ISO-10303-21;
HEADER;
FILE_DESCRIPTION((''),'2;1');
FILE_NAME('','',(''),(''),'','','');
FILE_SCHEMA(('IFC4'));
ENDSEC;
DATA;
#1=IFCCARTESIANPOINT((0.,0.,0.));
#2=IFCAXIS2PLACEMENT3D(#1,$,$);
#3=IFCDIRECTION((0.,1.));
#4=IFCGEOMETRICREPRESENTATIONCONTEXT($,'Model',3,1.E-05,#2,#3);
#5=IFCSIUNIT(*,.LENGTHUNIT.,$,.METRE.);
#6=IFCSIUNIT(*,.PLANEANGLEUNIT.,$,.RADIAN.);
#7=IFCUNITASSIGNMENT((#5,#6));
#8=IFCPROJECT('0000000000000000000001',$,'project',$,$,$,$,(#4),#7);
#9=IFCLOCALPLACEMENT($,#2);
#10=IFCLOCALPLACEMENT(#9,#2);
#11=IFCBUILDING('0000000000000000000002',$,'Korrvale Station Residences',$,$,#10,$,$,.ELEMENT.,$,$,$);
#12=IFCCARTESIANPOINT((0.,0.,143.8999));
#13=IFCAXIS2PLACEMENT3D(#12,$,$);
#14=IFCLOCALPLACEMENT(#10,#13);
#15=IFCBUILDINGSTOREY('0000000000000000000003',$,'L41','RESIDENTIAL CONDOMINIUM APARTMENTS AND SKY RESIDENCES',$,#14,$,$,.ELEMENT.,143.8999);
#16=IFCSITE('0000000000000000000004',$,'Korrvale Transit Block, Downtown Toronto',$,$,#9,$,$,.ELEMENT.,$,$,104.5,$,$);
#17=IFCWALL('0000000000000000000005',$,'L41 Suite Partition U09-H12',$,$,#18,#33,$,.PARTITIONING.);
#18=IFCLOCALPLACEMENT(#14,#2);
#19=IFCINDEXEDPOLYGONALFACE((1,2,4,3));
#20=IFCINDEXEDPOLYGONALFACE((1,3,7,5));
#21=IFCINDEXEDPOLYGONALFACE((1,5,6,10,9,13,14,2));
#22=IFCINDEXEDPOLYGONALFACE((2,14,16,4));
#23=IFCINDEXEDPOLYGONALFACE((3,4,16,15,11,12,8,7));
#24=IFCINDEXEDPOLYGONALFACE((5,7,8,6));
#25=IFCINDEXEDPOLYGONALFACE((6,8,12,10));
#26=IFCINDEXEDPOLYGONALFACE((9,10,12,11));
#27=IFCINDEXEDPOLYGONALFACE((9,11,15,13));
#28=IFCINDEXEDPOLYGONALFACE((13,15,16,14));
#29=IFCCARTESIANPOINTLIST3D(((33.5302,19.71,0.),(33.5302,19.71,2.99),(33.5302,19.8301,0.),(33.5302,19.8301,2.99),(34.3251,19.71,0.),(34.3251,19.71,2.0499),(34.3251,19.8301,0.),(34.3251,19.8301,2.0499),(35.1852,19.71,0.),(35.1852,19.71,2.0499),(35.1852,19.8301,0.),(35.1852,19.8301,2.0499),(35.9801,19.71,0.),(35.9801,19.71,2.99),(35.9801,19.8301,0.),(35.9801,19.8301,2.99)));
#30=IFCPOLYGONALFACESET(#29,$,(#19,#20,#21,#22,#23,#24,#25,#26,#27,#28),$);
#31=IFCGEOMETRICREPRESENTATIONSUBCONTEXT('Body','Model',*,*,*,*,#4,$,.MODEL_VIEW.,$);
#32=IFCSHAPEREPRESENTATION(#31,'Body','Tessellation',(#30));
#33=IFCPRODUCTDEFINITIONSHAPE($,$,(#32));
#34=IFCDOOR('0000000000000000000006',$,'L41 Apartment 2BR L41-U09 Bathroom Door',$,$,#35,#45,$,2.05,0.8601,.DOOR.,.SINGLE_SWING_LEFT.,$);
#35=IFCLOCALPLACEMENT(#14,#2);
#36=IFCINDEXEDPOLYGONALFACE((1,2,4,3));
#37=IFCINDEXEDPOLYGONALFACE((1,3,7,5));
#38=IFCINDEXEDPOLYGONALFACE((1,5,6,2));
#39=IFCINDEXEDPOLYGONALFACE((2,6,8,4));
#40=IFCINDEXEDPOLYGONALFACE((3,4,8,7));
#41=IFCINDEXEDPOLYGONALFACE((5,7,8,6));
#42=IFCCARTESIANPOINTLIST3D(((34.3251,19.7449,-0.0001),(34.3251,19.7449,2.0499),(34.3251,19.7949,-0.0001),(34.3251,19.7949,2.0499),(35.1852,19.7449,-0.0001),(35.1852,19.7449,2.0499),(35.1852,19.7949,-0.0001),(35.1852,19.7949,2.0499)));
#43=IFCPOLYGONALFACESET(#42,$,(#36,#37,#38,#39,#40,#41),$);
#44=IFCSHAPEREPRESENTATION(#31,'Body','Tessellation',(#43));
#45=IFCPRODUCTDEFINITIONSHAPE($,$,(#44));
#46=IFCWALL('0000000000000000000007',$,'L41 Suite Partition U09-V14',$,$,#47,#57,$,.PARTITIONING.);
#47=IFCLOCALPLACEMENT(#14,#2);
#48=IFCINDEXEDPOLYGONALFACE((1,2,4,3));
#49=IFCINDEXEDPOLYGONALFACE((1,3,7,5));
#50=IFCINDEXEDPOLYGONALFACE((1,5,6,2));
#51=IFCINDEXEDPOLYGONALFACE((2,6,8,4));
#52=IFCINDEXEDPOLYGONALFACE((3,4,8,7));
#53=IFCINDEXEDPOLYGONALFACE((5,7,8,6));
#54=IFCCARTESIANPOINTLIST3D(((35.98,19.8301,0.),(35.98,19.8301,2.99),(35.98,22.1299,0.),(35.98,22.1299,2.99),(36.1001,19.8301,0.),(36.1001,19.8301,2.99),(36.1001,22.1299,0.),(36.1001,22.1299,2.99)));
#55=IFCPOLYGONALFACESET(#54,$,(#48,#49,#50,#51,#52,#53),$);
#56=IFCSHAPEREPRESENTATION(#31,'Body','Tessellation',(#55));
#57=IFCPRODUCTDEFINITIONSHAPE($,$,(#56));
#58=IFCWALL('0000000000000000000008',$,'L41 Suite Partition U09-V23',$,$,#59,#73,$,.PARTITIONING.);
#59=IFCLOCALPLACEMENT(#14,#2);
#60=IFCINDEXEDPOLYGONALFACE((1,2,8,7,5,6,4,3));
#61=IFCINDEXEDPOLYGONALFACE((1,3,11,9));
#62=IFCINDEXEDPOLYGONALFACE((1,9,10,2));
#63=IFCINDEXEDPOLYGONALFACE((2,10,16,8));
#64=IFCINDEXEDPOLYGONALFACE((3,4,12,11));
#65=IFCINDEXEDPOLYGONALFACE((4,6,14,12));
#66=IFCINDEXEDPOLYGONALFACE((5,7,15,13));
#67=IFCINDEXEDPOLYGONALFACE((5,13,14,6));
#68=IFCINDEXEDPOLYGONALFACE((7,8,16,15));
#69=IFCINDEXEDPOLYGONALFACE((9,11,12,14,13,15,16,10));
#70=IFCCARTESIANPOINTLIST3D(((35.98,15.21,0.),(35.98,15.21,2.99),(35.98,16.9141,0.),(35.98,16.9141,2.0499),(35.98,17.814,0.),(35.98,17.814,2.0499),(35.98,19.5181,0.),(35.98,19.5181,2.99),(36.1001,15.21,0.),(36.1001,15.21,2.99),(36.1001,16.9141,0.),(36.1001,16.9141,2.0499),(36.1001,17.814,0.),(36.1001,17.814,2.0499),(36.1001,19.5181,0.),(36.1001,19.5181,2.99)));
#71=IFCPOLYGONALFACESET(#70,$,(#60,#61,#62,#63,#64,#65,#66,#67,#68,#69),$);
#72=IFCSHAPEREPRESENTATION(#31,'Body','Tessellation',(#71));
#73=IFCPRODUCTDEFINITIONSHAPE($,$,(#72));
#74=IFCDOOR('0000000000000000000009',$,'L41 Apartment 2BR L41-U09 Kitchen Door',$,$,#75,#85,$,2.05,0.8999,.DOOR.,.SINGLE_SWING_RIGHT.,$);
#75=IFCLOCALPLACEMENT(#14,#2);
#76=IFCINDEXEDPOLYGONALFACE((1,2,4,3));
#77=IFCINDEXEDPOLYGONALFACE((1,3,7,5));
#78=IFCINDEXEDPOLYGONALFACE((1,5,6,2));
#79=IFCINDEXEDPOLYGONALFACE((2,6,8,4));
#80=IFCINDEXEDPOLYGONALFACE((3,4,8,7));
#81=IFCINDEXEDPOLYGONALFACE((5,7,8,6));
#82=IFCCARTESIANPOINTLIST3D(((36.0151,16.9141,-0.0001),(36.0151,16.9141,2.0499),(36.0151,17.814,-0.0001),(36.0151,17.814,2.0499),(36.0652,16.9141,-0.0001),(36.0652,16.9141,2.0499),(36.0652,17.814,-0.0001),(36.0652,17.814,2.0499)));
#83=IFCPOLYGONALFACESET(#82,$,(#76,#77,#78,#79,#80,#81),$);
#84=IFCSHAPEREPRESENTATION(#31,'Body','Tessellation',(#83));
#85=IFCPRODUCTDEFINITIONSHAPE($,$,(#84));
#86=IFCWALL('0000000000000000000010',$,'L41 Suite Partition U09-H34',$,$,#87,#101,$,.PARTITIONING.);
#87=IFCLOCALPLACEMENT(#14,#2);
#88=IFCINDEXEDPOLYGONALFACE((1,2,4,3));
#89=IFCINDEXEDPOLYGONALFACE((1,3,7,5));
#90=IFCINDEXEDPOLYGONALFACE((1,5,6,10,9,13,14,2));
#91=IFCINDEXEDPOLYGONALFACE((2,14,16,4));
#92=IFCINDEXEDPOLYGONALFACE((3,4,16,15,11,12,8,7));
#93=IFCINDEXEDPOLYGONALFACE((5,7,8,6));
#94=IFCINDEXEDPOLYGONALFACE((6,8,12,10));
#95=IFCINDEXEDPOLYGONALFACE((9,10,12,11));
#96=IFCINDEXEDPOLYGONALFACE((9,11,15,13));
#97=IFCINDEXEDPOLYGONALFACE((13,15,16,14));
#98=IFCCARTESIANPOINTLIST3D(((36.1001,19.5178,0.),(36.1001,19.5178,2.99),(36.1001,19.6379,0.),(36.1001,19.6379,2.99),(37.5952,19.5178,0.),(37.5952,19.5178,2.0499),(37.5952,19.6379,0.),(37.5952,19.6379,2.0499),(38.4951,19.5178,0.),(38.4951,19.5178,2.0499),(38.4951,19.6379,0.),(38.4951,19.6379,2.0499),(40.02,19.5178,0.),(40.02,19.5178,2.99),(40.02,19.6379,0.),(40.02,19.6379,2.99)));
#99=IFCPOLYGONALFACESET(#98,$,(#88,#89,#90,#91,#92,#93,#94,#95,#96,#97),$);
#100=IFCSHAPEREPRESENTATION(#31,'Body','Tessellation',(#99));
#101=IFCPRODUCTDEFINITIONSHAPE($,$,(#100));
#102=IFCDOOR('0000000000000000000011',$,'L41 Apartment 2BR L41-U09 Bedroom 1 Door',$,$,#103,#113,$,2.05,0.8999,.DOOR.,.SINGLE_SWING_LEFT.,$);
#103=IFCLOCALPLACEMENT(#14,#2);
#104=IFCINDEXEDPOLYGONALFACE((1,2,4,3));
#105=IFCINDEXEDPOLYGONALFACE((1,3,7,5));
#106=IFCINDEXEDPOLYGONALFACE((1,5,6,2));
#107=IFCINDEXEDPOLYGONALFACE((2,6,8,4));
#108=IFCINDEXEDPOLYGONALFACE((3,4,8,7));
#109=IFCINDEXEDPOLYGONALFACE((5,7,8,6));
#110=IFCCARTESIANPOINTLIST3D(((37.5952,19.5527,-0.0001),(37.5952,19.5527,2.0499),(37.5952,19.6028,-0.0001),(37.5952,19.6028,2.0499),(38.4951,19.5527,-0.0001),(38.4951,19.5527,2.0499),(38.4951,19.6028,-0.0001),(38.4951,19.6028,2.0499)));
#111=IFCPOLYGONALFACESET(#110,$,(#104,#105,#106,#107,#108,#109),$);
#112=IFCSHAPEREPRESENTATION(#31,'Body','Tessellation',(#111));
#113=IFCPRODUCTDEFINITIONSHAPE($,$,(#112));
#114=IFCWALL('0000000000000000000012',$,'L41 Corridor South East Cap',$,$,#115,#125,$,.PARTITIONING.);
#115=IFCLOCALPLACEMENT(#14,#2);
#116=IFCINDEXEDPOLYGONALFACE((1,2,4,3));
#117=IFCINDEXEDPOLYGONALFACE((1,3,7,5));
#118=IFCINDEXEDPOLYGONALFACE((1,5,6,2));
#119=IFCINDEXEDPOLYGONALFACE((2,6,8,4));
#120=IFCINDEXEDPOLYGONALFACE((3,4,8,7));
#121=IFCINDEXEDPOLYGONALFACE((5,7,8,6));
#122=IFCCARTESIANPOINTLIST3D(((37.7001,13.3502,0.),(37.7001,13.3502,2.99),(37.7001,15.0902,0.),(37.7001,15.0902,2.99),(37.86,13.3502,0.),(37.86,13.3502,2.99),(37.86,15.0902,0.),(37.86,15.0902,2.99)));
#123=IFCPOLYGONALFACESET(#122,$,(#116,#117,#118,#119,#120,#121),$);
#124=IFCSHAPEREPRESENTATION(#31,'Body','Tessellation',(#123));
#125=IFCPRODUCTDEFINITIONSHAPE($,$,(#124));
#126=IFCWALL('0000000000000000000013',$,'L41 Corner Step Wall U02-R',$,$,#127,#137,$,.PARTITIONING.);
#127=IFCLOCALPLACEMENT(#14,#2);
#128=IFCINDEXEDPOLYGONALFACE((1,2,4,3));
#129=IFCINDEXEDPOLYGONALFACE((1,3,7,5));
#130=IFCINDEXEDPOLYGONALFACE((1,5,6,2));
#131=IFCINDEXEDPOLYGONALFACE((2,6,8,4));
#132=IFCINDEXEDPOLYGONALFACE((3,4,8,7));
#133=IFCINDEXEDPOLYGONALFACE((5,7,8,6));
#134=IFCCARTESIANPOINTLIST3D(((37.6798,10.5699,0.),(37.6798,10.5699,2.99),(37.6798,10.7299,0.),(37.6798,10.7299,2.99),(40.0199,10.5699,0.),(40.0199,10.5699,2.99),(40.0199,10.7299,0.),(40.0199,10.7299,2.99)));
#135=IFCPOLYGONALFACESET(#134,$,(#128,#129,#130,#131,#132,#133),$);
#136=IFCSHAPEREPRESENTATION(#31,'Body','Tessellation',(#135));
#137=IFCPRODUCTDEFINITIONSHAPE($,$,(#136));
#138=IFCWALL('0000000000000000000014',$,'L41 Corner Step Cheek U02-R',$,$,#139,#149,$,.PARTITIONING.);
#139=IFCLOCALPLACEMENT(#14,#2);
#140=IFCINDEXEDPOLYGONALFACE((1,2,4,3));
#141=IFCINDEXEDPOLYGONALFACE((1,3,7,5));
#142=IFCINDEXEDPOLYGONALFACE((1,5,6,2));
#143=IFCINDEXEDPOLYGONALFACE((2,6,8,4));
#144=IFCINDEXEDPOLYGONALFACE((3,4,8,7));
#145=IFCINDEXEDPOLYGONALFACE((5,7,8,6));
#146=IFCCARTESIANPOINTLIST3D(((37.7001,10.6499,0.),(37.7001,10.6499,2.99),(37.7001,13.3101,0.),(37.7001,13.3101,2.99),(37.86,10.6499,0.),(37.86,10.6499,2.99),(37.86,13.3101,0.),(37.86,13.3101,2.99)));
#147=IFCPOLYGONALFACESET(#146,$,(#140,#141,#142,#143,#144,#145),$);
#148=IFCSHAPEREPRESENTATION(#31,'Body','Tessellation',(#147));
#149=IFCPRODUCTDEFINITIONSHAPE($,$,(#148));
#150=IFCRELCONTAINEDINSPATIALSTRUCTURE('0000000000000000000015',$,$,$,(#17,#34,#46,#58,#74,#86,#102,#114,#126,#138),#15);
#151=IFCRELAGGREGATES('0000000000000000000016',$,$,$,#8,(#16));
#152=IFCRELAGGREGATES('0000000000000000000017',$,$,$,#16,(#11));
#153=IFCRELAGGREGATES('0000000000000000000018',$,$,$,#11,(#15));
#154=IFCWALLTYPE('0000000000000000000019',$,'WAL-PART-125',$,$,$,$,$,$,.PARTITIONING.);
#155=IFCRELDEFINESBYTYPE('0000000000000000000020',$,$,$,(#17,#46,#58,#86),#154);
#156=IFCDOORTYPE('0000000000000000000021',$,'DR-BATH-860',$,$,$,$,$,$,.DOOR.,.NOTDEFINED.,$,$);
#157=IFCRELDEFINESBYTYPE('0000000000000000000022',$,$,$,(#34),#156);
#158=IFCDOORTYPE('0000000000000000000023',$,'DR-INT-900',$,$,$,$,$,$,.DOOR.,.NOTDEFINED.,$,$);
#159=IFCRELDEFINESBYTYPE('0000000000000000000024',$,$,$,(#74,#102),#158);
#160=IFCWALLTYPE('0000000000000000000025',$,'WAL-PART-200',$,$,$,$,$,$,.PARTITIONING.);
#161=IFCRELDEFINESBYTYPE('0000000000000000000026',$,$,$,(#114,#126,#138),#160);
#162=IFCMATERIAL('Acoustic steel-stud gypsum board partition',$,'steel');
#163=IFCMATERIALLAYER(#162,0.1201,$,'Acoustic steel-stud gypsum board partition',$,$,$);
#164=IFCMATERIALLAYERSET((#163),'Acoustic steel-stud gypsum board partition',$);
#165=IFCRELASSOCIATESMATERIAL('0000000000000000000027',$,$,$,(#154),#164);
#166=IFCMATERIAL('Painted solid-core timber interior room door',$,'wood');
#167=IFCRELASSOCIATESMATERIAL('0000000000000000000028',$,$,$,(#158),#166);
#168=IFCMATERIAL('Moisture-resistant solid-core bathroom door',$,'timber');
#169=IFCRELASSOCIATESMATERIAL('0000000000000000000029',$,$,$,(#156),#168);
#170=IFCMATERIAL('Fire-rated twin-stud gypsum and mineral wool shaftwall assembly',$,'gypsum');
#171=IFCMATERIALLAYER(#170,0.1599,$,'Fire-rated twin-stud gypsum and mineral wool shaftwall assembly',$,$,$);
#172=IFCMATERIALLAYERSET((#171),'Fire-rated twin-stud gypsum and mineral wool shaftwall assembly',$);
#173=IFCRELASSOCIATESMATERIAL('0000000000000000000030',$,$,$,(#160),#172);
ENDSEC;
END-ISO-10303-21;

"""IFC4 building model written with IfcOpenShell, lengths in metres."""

from ifc_helpers import new_model, si_unit, direction, frame, frame_2d, origin, place, context, subcontext, project, spatial, rectangle, extrude, material, layer, layer_set, type_object, element, fill, save


model = new_model("IFC4")

# Units and contexts
model_context = context("Model", 3, precision=1e-05, world=origin(), true_north=direction((0.0, 1.0)))
body_context = subcontext(model_context, "Body", "Model", "MODEL_VIEW")
ifc_project = project(units=[si_unit("LENGTHUNIT", "METRE"), si_unit("PLANEANGLEUNIT", "RADIAN")], contexts=[model_context])

# Site, building, storey
site_placement = place(None, origin())
site = spatial("IfcSite", under=ifc_project, at=site_placement, Name="Korrvale Transit Block, Downtown Toronto", CompositionType="ELEMENT", RefElevation=104.5)
building_placement = place(site_placement, origin())
building = spatial("IfcBuilding", under=site, at=building_placement, Name="Korrvale Station Residences", CompositionType="ELEMENT")
storey_placement = place(building_placement, frame((0.0, 0.0, 143.8999)))
storey = spatial("IfcBuildingStorey", under=building, at=storey_placement, Name="L41", Description="RESIDENTIAL CONDOMINIUM APARTMENTS AND SKY RESIDENCES", CompositionType="ELEMENT", Elevation=143.8999)

# Wall, opening, door
ifc_material_1 = material(Name="Acoustic steel-stud gypsum board partition", Category="steel")
ifc_layer_1 = layer(ifc_material_1, 0.1201, Name="Acoustic steel-stud gypsum board partition")
ifc_layer_set_1 = layer_set([ifc_layer_1], Name="Acoustic steel-stud gypsum board partition")
wall_type_1 = type_object("IfcWallType", Name="WAL-PART-125", PredefinedType="PARTITIONING", material=ifc_layer_set_1)
ifc_material_2 = material(Name="Painted solid-core timber interior room door", Category="wood")
door_type_1 = type_object("IfcDoorType", Name="DR-INT-900", OperationType="NOTDEFINED", PredefinedType="DOOR", material=ifc_material_2)
wall_1_placement = place(storey_placement, frame((33.53, 19.77, 0.0), z_axis=(0.0, 0.0, 1.0), x_axis=(1.0, 0.0, 0.0)))
wall_1 = element("IfcWall", 1, at=wall_1_placement, inside=storey, type_object=wall_type_1, Name="L41 Suite Partition U09-H12", PredefinedType="PARTITIONING", context=body_context, shape_type="SweptSolid", body=[
    extrude(rectangle(XDim=2.45, YDim=0.1201, at=frame_2d((1.2251, 0.0))), origin(), (0.0, 0.0, 1.0), 2.99),
])
opening_1_placement = place(wall_1_placement, frame((0.7949, 0.0, 0.0)))
opening_1 = element("IfcOpeningElement", 2, at=opening_1_placement, cuts=wall_1, PredefinedType="OPENING", context=body_context, shape_type="SweptSolid", body=[
    extrude(rectangle(XDim=0.8601, YDim=2.05, at=frame_2d((0.4302, 1.0249))), frame((0.0, 0.0701, 0.0), z_axis=(0.0, -1.0, 0.0), x_axis=(1.0, 0.0, 0.0)), (0.0, 0.0, 1.0), 0.1401),
])
ifc_material_3 = material(Name="Moisture-resistant solid-core bathroom door", Category="timber")
door_type_2 = type_object("IfcDoorType", Name="DR-BATH-860", OperationType="NOTDEFINED", PredefinedType="DOOR", material=ifc_material_3)
door_1_placement = place(opening_1_placement, origin())
door_1 = element("IfcDoor", 3, at=door_1_placement, inside=storey, type_object=door_type_2, Name="L41 Apartment 2BR L41-U09 Bathroom Door", OperationType="SINGLE_SWING_LEFT", OverallHeight=2.05, OverallWidth=0.8601, PredefinedType="DOOR", context=body_context, shape_type="SweptSolid", body=[
    extrude(rectangle(XDim=0.8601, YDim=2.05, at=frame_2d((0.4302, 1.0249))), frame((0.0, 0.0249, 0.0), z_axis=(0.0, -1.0, 0.0), x_axis=(1.0, 0.0, 0.0)), (0.0, 0.0, 1.0), 0.05),
])
fill(opening_1, door_1)

# Wall
wall_2_placement = place(storey_placement, frame((36.04, 19.8301, 0.0), z_axis=(0.0, 0.0, 1.0), x_axis=(0.0, 1.0, 0.0)))
element("IfcWall", 4, at=wall_2_placement, inside=storey, type_object=wall_type_1, Name="L41 Suite Partition U09-V14", PredefinedType="PARTITIONING", context=body_context, shape_type="SweptSolid", body=[
    extrude(rectangle(XDim=2.2998, YDim=0.1201, at=frame_2d((1.1499, 0.0))), origin(), (0.0, 0.0, 1.0), 2.99),
])

# Walls, openings, doors
wall_3_placement = place(storey_placement, frame((36.04, 15.21, 0.0), z_axis=(0.0, 0.0, 1.0), x_axis=(0.0, 1.0, 0.0)))
wall_3 = element("IfcWall", 5, at=wall_3_placement, inside=storey, type_object=wall_type_1, Name="L41 Suite Partition U09-V23", PredefinedType="PARTITIONING", context=body_context, shape_type="SweptSolid", body=[
    extrude(rectangle(XDim=4.3081, YDim=0.1201, at=frame_2d((2.1541, 0.0))), origin(), (0.0, 0.0, 1.0), 2.99),
])
opening_2_placement = place(wall_3_placement, frame((1.7041, 0.0, 0.0)))
opening_2 = element("IfcOpeningElement", 6, at=opening_2_placement, cuts=wall_3, PredefinedType="OPENING", context=body_context, shape_type="SweptSolid", body=[
    extrude(rectangle(XDim=0.8999, YDim=2.05, at=frame_2d((0.45, 1.0249))), frame((0.0, 0.0701, 0.0), z_axis=(0.0, -1.0, 0.0), x_axis=(1.0, 0.0, 0.0)), (0.0, 0.0, 1.0), 0.1401),
])
door_2_placement = place(opening_2_placement, origin())
door_2 = element("IfcDoor", 7, at=door_2_placement, inside=storey, type_object=door_type_1, Name="L41 Apartment 2BR L41-U09 Kitchen Door", OperationType="SINGLE_SWING_RIGHT", OverallHeight=2.05, OverallWidth=0.8999, PredefinedType="DOOR", context=body_context, shape_type="SweptSolid", body=[
    extrude(rectangle(XDim=0.8999, YDim=2.05, at=frame_2d((0.45, 1.0249))), frame((0.0, 0.0249, 0.0), z_axis=(0.0, -1.0, 0.0), x_axis=(1.0, 0.0, 0.0)), (0.0, 0.0, 1.0), 0.05),
])
fill(opening_2, door_2)
wall_4_placement = place(storey_placement, frame((36.1001, 19.5779, 0.0), z_axis=(0.0, 0.0, 1.0), x_axis=(1.0, 0.0, 0.0)))
wall_4 = element("IfcWall", 8, at=wall_4_placement, inside=storey, type_object=wall_type_1, Name="L41 Suite Partition U09-H34", PredefinedType="PARTITIONING", context=body_context, shape_type="SweptSolid", body=[
    extrude(rectangle(XDim=3.9199, YDim=0.1201, at=frame_2d((1.96, 0.0))), origin(), (0.0, 0.0, 1.0), 2.99),
])
opening_3_placement = place(wall_4_placement, frame((1.4951, 0.0, 0.0)))
opening_3 = element("IfcOpeningElement", 9, at=opening_3_placement, cuts=wall_4, PredefinedType="OPENING", context=body_context, shape_type="SweptSolid", body=[
    extrude(rectangle(XDim=0.8999, YDim=2.05, at=frame_2d((0.45, 1.0249))), frame((0.0, 0.0701, 0.0), z_axis=(0.0, -1.0, 0.0), x_axis=(1.0, 0.0, 0.0)), (0.0, 0.0, 1.0), 0.1401),
])
door_3_placement = place(opening_3_placement, origin())
door_3 = element("IfcDoor", 10, at=door_3_placement, inside=storey, type_object=door_type_1, Name="L41 Apartment 2BR L41-U09 Bedroom 1 Door", OperationType="SINGLE_SWING_LEFT", OverallHeight=2.05, OverallWidth=0.8999, PredefinedType="DOOR", context=body_context, shape_type="SweptSolid", body=[
    extrude(rectangle(XDim=0.8999, YDim=2.05, at=frame_2d((0.45, 1.0249))), frame((0.0, 0.0249, 0.0), z_axis=(0.0, -1.0, 0.0), x_axis=(1.0, 0.0, 0.0)), (0.0, 0.0, 1.0), 0.05),
])
fill(opening_3, door_3)

# Walls
ifc_material_4 = material(Name="Fire-rated twin-stud gypsum and mineral wool shaftwall assembly", Category="gypsum")
ifc_layer_2 = layer(ifc_material_4, 0.1599, Name="Fire-rated twin-stud gypsum and mineral wool shaftwall assembly")
ifc_layer_set_2 = layer_set([ifc_layer_2], Name="Fire-rated twin-stud gypsum and mineral wool shaftwall assembly")
wall_type_2 = type_object("IfcWallType", Name="WAL-PART-200", PredefinedType="PARTITIONING", material=ifc_layer_set_2)
wall_5_placement = place(storey_placement, frame((37.78, 13.3501, 0.0), z_axis=(0.0, 0.0, 1.0), x_axis=(0.0, 1.0, 0.0)))
element("IfcWall", 11, at=wall_5_placement, inside=storey, type_object=wall_type_2, Name="L41 Corridor South East Cap", PredefinedType="PARTITIONING", context=body_context, shape_type="SweptSolid", body=[
    extrude(rectangle(XDim=1.74, YDim=0.1599, at=frame_2d((0.8701, 0.0))), origin(), (0.0, 0.0, 1.0), 2.99),
])
wall_6_placement = place(storey_placement, frame((37.6799, 10.6499, 0.0), z_axis=(0.0, 0.0, 1.0), x_axis=(1.0, 0.0, 0.0)))
element("IfcWall", 12, at=wall_6_placement, inside=storey, type_object=wall_type_2, Name="L41 Corner Step Wall U02-R", PredefinedType="PARTITIONING", context=body_context, shape_type="SweptSolid", body=[
    extrude(rectangle(XDim=2.3401, YDim=0.1599, at=frame_2d((1.1699, 0.0))), origin(), (0.0, 0.0, 1.0), 2.99),
])
wall_7_placement = place(storey_placement, frame((37.78, 10.6499, 0.0), z_axis=(0.0, 0.0, 1.0), x_axis=(0.0, 1.0, 0.0)))
element("IfcWall", 13, at=wall_7_placement, inside=storey, type_object=wall_type_2, Name="L41 Corner Step Cheek U02-R", PredefinedType="PARTITIONING", context=body_context, shape_type="SweptSolid", body=[
    extrude(rectangle(XDim=2.6602, YDim=0.1599, at=frame_2d((1.3301, 0.0))), origin(), (0.0, 0.0, 1.0), 2.99),
])

save(model, "model.ifc")
